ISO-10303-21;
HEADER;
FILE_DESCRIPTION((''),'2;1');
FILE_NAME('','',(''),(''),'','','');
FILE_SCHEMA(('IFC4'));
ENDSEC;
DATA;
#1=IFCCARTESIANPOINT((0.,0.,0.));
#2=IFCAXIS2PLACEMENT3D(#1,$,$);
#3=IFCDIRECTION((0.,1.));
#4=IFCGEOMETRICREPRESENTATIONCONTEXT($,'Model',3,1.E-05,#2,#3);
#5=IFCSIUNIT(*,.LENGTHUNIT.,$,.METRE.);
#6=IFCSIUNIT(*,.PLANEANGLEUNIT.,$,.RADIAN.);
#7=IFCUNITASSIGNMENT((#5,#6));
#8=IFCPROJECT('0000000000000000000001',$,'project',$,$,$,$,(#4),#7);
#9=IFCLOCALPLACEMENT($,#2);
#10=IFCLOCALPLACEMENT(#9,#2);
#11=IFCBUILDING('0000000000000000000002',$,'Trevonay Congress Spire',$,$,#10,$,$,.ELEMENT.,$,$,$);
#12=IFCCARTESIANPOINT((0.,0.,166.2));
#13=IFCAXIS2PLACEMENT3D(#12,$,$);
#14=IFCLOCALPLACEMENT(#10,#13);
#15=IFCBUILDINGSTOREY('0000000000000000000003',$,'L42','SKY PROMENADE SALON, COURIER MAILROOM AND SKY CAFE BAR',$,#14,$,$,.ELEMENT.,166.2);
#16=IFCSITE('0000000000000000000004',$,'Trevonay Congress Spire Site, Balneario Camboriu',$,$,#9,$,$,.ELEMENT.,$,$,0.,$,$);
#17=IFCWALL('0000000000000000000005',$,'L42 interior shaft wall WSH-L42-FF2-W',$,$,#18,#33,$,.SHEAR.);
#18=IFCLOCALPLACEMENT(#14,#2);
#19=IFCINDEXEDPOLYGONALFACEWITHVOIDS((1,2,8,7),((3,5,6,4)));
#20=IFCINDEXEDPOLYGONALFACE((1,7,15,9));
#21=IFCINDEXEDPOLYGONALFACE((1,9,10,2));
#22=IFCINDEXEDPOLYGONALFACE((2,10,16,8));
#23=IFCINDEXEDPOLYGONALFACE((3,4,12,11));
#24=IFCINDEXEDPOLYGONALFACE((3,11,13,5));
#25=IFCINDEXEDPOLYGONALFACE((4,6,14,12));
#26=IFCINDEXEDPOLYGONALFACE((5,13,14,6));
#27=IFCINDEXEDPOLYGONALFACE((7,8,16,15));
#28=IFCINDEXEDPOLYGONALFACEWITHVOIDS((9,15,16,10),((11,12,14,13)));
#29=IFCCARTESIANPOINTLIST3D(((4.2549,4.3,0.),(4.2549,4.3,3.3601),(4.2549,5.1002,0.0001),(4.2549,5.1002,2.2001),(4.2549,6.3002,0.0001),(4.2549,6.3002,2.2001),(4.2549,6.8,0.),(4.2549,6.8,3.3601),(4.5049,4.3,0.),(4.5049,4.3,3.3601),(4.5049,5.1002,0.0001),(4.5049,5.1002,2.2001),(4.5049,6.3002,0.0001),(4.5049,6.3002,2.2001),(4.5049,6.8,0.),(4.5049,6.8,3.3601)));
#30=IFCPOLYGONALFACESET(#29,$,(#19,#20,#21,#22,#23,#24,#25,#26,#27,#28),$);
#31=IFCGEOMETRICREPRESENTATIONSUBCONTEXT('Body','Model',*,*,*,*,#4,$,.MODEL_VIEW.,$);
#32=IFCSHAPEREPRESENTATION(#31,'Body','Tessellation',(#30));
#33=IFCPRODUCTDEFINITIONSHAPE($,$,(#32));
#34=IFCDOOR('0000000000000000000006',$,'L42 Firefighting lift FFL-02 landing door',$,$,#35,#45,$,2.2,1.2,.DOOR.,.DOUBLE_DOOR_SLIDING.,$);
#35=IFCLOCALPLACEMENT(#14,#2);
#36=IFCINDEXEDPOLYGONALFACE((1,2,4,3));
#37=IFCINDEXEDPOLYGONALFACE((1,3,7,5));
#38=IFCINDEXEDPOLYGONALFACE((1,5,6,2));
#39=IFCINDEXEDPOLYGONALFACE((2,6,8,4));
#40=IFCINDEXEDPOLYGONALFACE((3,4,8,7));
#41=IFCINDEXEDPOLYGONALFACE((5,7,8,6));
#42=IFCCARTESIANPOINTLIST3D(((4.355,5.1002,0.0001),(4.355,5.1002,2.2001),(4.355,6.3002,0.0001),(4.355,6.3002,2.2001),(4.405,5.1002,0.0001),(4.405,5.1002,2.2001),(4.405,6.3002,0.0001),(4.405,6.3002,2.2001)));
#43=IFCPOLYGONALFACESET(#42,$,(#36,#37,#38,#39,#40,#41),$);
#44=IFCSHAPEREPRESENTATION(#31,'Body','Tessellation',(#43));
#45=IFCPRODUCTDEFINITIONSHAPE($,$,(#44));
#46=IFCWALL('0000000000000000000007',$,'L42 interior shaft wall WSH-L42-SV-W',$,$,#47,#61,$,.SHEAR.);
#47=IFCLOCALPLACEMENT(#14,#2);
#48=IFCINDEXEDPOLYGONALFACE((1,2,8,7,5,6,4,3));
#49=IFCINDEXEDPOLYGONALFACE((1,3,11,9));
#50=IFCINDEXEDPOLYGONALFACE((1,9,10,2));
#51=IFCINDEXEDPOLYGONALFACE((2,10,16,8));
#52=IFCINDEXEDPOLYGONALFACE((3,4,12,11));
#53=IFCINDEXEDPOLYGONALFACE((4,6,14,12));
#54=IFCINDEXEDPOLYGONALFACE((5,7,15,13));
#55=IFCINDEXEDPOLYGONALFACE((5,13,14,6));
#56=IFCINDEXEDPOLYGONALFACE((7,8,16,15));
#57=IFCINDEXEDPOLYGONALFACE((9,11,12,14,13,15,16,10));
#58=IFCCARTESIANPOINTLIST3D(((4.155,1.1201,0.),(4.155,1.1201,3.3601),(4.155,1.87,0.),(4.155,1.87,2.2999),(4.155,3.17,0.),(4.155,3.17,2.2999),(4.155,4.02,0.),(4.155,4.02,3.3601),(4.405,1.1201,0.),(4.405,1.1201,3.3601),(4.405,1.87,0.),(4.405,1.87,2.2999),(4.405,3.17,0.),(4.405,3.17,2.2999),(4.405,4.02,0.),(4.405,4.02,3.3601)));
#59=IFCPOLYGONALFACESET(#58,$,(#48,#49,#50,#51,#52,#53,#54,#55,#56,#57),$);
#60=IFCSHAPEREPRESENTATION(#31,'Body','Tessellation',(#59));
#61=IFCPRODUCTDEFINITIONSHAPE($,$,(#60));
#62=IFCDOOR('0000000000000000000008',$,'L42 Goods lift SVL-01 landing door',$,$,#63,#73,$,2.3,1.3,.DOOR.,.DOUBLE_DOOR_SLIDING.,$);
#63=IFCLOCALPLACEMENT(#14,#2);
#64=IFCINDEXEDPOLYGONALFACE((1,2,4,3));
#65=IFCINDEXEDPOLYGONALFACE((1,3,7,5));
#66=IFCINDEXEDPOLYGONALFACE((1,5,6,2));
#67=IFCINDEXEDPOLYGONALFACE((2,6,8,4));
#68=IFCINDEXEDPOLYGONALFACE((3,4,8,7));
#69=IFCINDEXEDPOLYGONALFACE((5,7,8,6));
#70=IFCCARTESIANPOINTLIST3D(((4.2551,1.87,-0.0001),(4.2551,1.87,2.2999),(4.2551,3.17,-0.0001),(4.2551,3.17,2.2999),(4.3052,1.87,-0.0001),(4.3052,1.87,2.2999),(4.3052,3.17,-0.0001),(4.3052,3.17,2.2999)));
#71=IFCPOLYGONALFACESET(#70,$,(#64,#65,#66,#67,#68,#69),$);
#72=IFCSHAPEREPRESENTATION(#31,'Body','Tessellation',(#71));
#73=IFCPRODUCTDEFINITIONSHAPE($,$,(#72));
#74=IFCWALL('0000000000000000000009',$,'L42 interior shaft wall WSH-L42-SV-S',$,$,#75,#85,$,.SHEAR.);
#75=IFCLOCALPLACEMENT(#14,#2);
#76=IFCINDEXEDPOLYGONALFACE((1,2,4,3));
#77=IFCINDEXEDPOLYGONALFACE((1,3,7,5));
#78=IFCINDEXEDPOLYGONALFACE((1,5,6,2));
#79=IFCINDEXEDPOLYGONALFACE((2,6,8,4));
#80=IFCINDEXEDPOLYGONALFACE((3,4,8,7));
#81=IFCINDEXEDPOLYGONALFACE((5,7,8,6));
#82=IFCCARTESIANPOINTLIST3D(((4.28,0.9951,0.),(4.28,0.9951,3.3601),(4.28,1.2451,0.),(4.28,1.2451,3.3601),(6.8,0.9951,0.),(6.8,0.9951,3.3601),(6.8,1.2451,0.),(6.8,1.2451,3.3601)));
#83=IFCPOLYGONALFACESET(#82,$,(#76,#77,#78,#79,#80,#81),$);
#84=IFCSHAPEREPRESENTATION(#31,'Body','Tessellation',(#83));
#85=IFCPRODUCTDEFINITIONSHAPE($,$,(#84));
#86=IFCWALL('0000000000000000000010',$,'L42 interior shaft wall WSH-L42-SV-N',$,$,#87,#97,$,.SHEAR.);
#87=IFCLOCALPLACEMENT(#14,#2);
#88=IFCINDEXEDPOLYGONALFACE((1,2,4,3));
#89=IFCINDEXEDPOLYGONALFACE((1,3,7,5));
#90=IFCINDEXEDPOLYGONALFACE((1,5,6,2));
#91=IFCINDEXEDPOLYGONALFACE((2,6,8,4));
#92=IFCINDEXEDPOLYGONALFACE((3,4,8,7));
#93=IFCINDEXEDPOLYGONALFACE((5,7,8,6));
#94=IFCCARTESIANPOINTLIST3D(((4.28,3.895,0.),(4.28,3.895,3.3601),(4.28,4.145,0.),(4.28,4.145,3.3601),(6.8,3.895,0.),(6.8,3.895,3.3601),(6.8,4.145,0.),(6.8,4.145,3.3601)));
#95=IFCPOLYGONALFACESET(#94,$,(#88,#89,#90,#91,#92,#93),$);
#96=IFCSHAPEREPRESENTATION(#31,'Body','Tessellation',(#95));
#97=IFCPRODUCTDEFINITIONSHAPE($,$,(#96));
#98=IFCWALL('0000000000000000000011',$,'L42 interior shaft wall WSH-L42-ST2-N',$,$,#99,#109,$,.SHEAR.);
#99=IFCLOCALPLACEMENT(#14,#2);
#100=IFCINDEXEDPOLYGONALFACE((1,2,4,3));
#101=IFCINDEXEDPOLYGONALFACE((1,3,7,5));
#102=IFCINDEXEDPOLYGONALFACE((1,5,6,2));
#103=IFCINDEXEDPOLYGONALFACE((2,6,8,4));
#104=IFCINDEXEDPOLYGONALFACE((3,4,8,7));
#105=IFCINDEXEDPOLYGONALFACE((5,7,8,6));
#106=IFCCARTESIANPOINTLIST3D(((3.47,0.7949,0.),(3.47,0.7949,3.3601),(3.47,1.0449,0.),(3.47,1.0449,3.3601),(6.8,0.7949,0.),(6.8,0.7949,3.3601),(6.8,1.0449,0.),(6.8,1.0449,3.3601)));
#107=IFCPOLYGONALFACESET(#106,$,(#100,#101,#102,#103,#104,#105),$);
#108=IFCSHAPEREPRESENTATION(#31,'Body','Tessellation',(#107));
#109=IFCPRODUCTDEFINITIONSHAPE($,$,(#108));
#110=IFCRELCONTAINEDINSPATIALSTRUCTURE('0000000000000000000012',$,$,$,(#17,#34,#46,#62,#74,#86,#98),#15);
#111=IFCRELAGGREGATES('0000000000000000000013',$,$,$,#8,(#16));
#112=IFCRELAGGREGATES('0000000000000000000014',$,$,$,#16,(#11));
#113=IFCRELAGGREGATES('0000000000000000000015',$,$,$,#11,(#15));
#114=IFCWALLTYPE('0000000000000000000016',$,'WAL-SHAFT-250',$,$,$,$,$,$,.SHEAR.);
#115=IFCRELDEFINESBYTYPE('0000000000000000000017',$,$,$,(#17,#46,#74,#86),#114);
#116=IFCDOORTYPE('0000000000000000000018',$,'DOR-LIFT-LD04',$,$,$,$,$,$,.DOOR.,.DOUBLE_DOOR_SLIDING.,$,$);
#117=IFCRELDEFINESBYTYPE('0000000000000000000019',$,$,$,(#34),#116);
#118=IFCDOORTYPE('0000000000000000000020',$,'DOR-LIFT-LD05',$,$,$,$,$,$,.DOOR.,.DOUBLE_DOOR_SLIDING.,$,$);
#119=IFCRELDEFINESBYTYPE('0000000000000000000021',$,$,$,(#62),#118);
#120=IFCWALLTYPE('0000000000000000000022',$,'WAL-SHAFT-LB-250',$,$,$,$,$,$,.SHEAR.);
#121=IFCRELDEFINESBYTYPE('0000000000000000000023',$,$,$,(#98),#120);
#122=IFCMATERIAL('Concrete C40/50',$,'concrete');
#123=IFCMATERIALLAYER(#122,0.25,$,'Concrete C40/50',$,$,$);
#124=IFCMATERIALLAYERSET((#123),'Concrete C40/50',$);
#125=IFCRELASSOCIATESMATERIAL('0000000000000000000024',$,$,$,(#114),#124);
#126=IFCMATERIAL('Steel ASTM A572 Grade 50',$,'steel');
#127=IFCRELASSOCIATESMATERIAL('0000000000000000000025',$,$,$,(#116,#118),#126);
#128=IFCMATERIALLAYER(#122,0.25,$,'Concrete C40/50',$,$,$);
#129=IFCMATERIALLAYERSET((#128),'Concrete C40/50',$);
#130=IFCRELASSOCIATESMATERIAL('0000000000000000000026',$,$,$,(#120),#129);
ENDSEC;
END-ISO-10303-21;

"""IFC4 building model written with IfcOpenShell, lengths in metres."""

from ifc_helpers import new_model, si_unit, direction, frame, frame_2d, origin, place, context, subcontext, project, spatial, rectangle, extrude, material, layer, layer_set, type_object, element, fill, save


model = new_model("IFC4")

# Units and contexts
model_context = context("Model", 3, precision=1e-05, world=origin(), true_north=direction((0.0, 1.0)))
body_context = subcontext(model_context, "Body", "Model", "MODEL_VIEW")
ifc_project = project(units=[si_unit("LENGTHUNIT", "METRE"), si_unit("PLANEANGLEUNIT", "RADIAN")], contexts=[model_context])

# Site, building, storey
site_placement = place(None, origin())
site = spatial("IfcSite", under=ifc_project, at=site_placement, Name="Trevonay Congress Spire Site, Balneario Camboriu", CompositionType="ELEMENT", RefElevation=0.0)
building_placement = place(site_placement, origin())
building = spatial("IfcBuilding", under=site, at=building_placement, Name="Trevonay Congress Spire", CompositionType="ELEMENT")
storey_placement = place(building_placement, frame((0.0, 0.0, 166.2)))
storey = spatial("IfcBuildingStorey", under=building, at=storey_placement, Name="L42", Description="SKY PROMENADE SALON, COURIER MAILROOM AND SKY CAFE BAR", CompositionType="ELEMENT", Elevation=166.2)

# Shared definitions
ifc_material_1 = material(Name="Steel ASTM A572 Grade 50", Category="steel")

# Shared definitions
ifc_material_2 = material(Name="Concrete C40/50", Category="concrete")
ifc_layer_1 = layer(ifc_material_2, 0.25, Name="Concrete C40/50")
ifc_layer_set_1 = layer_set([ifc_layer_1], Name="Concrete C40/50")
wall_type_1 = type_object("IfcWallType", Name="WAL-SHAFT-250", PredefinedType="SHEAR", material=ifc_layer_set_1)

# Walls, openings, doors
wall_1_placement = place(storey_placement, frame((4.3799, 4.3, 0.0), z_axis=(0.0, 0.0, 1.0), x_axis=(0.0, 1.0, 0.0)))
wall_1 = element("IfcWall", 1, at=wall_1_placement, inside=storey, type_object=wall_type_1, Name="L42 interior shaft wall WSH-L42-FF2-W", PredefinedType="SHEAR", context=body_context, shape_type="SweptSolid", body=[
    extrude(rectangle(XDim=2.5, YDim=0.25, at=frame_2d((1.25, 0.0))), origin(), (0.0, 0.0, 1.0), 3.3601),
])
opening_1_placement = place(wall_1_placement, frame((0.8, 0.0, 0.0)))
opening_1 = element("IfcOpeningElement", 2, at=opening_1_placement, cuts=wall_1, PredefinedType="OPENING", context=body_context, shape_type="SweptSolid", body=[
    extrude(rectangle(XDim=1.2, YDim=2.2, at=frame_2d((0.6001, 1.1001))), frame((0.0, 0.135, 0.0), z_axis=(0.0, -1.0, 0.0), x_axis=(1.0, 0.0, 0.0)), (0.0, 0.0, 1.0), 0.27),
])
door_type_1 = type_object("IfcDoorType", Name="DOR-LIFT-LD04", OperationType="DOUBLE_DOOR_SLIDING", PredefinedType="DOOR", material=ifc_material_1)
door_1_placement = place(opening_1_placement, origin())
door_1 = element("IfcDoor", 3, at=door_1_placement, inside=storey, type_object=door_type_1, Name="L42 Firefighting lift FFL-02 landing door", OperationType="DOUBLE_DOOR_SLIDING", OverallHeight=2.2, OverallWidth=1.2, PredefinedType="DOOR", context=body_context, shape_type="SweptSolid", body=[
    extrude(rectangle(XDim=1.2, YDim=2.2, at=frame_2d((0.6001, 1.1001))), frame((0.0, 0.0249, 0.0), z_axis=(0.0, -1.0, 0.0), x_axis=(1.0, 0.0, 0.0)), (0.0, 0.0, 1.0), 0.05),
])
fill(opening_1, door_1)
wall_2_placement = place(storey_placement, frame((4.28, 1.1201, 0.0), z_axis=(0.0, 0.0, 1.0), x_axis=(0.0, 1.0, 0.0)))
wall_2 = element("IfcWall", 4, at=wall_2_placement, inside=storey, type_object=wall_type_1, Name="L42 interior shaft wall WSH-L42-SV-W", PredefinedType="SHEAR", context=body_context, shape_type="SweptSolid", body=[
    extrude(rectangle(XDim=2.8999, YDim=0.25, at=frame_2d((1.45, 0.0))), origin(), (0.0, 0.0, 1.0), 3.3601),
])
opening_2_placement = place(wall_2_placement, frame((0.75, 0.0, 0.0)))
opening_2 = element("IfcOpeningElement", 5, at=opening_2_placement, cuts=wall_2, PredefinedType="OPENING", context=body_context, shape_type="SweptSolid", body=[
    extrude(rectangle(XDim=1.3, YDim=2.3, at=frame_2d((0.6499, 1.1499))), frame((0.0, 0.135, 0.0), z_axis=(0.0, -1.0, 0.0), x_axis=(1.0, 0.0, 0.0)), (0.0, 0.0, 1.0), 0.27),
])
door_type_2 = type_object("IfcDoorType", Name="DOR-LIFT-LD05", OperationType="DOUBLE_DOOR_SLIDING", PredefinedType="DOOR", material=ifc_material_1)
door_2_placement = place(opening_2_placement, origin())
door_2 = element("IfcDoor", 6, at=door_2_placement, inside=storey, type_object=door_type_2, Name="L42 Goods lift SVL-01 landing door", OperationType="DOUBLE_DOOR_SLIDING", OverallHeight=2.3, OverallWidth=1.3, PredefinedType="DOOR", context=body_context, shape_type="SweptSolid", body=[
    extrude(rectangle(XDim=1.3, YDim=2.3, at=frame_2d((0.6499, 1.1499))), frame((0.0, 0.0249, 0.0), z_axis=(0.0, -1.0, 0.0), x_axis=(1.0, 0.0, 0.0)), (0.0, 0.0, 1.0), 0.05),
])
fill(opening_2, door_2)

# Walls
for number, where, z_axis, x_axis, name in (
    (7, (4.28, 1.1201, 0.0), (0.0, 0.0, 1.0), (1.0, 0.0, 0.0), "L42 interior shaft wall WSH-L42-SV-S"),
    (8, (4.28, 4.02, 0.0), (0.0, 0.0, 1.0), (1.0, 0.0, 0.0), "L42 interior shaft wall WSH-L42-SV-N"),
):
    element("IfcWall", number, at=place(storey_placement, frame(where, z_axis=z_axis, x_axis=x_axis)), inside=storey, type_object=wall_type_1, Name=name, PredefinedType="SHEAR", context=body_context, shape_type="SweptSolid", body=[
        extrude(rectangle(XDim=2.52, YDim=0.25, at=frame_2d((1.26, 0.0))), origin(), (0.0, 0.0, 1.0), 3.3601),
    ])
ifc_layer_2 = layer(ifc_material_2, 0.25, Name="Concrete C40/50")
ifc_layer_set_2 = layer_set([ifc_layer_2], Name="Concrete C40/50")
wall_type_2 = type_object("IfcWallType", Name="WAL-SHAFT-LB-250", PredefinedType="SHEAR", material=ifc_layer_set_2)
wall_3_placement = place(storey_placement, frame((3.47, 0.9199, 0.0), z_axis=(0.0, 0.0, 1.0), x_axis=(1.0, 0.0, 0.0)))
element("IfcWall", 9, at=wall_3_placement, inside=storey, type_object=wall_type_2, Name="L42 interior shaft wall WSH-L42-ST2-N", PredefinedType="SHEAR", context=body_context, shape_type="SweptSolid", body=[
    extrude(rectangle(XDim=3.3301, YDim=0.25, at=frame_2d((1.665, 0.0))), origin(), (0.0, 0.0, 1.0), 3.3601),
])

save(model, "model.ifc")
